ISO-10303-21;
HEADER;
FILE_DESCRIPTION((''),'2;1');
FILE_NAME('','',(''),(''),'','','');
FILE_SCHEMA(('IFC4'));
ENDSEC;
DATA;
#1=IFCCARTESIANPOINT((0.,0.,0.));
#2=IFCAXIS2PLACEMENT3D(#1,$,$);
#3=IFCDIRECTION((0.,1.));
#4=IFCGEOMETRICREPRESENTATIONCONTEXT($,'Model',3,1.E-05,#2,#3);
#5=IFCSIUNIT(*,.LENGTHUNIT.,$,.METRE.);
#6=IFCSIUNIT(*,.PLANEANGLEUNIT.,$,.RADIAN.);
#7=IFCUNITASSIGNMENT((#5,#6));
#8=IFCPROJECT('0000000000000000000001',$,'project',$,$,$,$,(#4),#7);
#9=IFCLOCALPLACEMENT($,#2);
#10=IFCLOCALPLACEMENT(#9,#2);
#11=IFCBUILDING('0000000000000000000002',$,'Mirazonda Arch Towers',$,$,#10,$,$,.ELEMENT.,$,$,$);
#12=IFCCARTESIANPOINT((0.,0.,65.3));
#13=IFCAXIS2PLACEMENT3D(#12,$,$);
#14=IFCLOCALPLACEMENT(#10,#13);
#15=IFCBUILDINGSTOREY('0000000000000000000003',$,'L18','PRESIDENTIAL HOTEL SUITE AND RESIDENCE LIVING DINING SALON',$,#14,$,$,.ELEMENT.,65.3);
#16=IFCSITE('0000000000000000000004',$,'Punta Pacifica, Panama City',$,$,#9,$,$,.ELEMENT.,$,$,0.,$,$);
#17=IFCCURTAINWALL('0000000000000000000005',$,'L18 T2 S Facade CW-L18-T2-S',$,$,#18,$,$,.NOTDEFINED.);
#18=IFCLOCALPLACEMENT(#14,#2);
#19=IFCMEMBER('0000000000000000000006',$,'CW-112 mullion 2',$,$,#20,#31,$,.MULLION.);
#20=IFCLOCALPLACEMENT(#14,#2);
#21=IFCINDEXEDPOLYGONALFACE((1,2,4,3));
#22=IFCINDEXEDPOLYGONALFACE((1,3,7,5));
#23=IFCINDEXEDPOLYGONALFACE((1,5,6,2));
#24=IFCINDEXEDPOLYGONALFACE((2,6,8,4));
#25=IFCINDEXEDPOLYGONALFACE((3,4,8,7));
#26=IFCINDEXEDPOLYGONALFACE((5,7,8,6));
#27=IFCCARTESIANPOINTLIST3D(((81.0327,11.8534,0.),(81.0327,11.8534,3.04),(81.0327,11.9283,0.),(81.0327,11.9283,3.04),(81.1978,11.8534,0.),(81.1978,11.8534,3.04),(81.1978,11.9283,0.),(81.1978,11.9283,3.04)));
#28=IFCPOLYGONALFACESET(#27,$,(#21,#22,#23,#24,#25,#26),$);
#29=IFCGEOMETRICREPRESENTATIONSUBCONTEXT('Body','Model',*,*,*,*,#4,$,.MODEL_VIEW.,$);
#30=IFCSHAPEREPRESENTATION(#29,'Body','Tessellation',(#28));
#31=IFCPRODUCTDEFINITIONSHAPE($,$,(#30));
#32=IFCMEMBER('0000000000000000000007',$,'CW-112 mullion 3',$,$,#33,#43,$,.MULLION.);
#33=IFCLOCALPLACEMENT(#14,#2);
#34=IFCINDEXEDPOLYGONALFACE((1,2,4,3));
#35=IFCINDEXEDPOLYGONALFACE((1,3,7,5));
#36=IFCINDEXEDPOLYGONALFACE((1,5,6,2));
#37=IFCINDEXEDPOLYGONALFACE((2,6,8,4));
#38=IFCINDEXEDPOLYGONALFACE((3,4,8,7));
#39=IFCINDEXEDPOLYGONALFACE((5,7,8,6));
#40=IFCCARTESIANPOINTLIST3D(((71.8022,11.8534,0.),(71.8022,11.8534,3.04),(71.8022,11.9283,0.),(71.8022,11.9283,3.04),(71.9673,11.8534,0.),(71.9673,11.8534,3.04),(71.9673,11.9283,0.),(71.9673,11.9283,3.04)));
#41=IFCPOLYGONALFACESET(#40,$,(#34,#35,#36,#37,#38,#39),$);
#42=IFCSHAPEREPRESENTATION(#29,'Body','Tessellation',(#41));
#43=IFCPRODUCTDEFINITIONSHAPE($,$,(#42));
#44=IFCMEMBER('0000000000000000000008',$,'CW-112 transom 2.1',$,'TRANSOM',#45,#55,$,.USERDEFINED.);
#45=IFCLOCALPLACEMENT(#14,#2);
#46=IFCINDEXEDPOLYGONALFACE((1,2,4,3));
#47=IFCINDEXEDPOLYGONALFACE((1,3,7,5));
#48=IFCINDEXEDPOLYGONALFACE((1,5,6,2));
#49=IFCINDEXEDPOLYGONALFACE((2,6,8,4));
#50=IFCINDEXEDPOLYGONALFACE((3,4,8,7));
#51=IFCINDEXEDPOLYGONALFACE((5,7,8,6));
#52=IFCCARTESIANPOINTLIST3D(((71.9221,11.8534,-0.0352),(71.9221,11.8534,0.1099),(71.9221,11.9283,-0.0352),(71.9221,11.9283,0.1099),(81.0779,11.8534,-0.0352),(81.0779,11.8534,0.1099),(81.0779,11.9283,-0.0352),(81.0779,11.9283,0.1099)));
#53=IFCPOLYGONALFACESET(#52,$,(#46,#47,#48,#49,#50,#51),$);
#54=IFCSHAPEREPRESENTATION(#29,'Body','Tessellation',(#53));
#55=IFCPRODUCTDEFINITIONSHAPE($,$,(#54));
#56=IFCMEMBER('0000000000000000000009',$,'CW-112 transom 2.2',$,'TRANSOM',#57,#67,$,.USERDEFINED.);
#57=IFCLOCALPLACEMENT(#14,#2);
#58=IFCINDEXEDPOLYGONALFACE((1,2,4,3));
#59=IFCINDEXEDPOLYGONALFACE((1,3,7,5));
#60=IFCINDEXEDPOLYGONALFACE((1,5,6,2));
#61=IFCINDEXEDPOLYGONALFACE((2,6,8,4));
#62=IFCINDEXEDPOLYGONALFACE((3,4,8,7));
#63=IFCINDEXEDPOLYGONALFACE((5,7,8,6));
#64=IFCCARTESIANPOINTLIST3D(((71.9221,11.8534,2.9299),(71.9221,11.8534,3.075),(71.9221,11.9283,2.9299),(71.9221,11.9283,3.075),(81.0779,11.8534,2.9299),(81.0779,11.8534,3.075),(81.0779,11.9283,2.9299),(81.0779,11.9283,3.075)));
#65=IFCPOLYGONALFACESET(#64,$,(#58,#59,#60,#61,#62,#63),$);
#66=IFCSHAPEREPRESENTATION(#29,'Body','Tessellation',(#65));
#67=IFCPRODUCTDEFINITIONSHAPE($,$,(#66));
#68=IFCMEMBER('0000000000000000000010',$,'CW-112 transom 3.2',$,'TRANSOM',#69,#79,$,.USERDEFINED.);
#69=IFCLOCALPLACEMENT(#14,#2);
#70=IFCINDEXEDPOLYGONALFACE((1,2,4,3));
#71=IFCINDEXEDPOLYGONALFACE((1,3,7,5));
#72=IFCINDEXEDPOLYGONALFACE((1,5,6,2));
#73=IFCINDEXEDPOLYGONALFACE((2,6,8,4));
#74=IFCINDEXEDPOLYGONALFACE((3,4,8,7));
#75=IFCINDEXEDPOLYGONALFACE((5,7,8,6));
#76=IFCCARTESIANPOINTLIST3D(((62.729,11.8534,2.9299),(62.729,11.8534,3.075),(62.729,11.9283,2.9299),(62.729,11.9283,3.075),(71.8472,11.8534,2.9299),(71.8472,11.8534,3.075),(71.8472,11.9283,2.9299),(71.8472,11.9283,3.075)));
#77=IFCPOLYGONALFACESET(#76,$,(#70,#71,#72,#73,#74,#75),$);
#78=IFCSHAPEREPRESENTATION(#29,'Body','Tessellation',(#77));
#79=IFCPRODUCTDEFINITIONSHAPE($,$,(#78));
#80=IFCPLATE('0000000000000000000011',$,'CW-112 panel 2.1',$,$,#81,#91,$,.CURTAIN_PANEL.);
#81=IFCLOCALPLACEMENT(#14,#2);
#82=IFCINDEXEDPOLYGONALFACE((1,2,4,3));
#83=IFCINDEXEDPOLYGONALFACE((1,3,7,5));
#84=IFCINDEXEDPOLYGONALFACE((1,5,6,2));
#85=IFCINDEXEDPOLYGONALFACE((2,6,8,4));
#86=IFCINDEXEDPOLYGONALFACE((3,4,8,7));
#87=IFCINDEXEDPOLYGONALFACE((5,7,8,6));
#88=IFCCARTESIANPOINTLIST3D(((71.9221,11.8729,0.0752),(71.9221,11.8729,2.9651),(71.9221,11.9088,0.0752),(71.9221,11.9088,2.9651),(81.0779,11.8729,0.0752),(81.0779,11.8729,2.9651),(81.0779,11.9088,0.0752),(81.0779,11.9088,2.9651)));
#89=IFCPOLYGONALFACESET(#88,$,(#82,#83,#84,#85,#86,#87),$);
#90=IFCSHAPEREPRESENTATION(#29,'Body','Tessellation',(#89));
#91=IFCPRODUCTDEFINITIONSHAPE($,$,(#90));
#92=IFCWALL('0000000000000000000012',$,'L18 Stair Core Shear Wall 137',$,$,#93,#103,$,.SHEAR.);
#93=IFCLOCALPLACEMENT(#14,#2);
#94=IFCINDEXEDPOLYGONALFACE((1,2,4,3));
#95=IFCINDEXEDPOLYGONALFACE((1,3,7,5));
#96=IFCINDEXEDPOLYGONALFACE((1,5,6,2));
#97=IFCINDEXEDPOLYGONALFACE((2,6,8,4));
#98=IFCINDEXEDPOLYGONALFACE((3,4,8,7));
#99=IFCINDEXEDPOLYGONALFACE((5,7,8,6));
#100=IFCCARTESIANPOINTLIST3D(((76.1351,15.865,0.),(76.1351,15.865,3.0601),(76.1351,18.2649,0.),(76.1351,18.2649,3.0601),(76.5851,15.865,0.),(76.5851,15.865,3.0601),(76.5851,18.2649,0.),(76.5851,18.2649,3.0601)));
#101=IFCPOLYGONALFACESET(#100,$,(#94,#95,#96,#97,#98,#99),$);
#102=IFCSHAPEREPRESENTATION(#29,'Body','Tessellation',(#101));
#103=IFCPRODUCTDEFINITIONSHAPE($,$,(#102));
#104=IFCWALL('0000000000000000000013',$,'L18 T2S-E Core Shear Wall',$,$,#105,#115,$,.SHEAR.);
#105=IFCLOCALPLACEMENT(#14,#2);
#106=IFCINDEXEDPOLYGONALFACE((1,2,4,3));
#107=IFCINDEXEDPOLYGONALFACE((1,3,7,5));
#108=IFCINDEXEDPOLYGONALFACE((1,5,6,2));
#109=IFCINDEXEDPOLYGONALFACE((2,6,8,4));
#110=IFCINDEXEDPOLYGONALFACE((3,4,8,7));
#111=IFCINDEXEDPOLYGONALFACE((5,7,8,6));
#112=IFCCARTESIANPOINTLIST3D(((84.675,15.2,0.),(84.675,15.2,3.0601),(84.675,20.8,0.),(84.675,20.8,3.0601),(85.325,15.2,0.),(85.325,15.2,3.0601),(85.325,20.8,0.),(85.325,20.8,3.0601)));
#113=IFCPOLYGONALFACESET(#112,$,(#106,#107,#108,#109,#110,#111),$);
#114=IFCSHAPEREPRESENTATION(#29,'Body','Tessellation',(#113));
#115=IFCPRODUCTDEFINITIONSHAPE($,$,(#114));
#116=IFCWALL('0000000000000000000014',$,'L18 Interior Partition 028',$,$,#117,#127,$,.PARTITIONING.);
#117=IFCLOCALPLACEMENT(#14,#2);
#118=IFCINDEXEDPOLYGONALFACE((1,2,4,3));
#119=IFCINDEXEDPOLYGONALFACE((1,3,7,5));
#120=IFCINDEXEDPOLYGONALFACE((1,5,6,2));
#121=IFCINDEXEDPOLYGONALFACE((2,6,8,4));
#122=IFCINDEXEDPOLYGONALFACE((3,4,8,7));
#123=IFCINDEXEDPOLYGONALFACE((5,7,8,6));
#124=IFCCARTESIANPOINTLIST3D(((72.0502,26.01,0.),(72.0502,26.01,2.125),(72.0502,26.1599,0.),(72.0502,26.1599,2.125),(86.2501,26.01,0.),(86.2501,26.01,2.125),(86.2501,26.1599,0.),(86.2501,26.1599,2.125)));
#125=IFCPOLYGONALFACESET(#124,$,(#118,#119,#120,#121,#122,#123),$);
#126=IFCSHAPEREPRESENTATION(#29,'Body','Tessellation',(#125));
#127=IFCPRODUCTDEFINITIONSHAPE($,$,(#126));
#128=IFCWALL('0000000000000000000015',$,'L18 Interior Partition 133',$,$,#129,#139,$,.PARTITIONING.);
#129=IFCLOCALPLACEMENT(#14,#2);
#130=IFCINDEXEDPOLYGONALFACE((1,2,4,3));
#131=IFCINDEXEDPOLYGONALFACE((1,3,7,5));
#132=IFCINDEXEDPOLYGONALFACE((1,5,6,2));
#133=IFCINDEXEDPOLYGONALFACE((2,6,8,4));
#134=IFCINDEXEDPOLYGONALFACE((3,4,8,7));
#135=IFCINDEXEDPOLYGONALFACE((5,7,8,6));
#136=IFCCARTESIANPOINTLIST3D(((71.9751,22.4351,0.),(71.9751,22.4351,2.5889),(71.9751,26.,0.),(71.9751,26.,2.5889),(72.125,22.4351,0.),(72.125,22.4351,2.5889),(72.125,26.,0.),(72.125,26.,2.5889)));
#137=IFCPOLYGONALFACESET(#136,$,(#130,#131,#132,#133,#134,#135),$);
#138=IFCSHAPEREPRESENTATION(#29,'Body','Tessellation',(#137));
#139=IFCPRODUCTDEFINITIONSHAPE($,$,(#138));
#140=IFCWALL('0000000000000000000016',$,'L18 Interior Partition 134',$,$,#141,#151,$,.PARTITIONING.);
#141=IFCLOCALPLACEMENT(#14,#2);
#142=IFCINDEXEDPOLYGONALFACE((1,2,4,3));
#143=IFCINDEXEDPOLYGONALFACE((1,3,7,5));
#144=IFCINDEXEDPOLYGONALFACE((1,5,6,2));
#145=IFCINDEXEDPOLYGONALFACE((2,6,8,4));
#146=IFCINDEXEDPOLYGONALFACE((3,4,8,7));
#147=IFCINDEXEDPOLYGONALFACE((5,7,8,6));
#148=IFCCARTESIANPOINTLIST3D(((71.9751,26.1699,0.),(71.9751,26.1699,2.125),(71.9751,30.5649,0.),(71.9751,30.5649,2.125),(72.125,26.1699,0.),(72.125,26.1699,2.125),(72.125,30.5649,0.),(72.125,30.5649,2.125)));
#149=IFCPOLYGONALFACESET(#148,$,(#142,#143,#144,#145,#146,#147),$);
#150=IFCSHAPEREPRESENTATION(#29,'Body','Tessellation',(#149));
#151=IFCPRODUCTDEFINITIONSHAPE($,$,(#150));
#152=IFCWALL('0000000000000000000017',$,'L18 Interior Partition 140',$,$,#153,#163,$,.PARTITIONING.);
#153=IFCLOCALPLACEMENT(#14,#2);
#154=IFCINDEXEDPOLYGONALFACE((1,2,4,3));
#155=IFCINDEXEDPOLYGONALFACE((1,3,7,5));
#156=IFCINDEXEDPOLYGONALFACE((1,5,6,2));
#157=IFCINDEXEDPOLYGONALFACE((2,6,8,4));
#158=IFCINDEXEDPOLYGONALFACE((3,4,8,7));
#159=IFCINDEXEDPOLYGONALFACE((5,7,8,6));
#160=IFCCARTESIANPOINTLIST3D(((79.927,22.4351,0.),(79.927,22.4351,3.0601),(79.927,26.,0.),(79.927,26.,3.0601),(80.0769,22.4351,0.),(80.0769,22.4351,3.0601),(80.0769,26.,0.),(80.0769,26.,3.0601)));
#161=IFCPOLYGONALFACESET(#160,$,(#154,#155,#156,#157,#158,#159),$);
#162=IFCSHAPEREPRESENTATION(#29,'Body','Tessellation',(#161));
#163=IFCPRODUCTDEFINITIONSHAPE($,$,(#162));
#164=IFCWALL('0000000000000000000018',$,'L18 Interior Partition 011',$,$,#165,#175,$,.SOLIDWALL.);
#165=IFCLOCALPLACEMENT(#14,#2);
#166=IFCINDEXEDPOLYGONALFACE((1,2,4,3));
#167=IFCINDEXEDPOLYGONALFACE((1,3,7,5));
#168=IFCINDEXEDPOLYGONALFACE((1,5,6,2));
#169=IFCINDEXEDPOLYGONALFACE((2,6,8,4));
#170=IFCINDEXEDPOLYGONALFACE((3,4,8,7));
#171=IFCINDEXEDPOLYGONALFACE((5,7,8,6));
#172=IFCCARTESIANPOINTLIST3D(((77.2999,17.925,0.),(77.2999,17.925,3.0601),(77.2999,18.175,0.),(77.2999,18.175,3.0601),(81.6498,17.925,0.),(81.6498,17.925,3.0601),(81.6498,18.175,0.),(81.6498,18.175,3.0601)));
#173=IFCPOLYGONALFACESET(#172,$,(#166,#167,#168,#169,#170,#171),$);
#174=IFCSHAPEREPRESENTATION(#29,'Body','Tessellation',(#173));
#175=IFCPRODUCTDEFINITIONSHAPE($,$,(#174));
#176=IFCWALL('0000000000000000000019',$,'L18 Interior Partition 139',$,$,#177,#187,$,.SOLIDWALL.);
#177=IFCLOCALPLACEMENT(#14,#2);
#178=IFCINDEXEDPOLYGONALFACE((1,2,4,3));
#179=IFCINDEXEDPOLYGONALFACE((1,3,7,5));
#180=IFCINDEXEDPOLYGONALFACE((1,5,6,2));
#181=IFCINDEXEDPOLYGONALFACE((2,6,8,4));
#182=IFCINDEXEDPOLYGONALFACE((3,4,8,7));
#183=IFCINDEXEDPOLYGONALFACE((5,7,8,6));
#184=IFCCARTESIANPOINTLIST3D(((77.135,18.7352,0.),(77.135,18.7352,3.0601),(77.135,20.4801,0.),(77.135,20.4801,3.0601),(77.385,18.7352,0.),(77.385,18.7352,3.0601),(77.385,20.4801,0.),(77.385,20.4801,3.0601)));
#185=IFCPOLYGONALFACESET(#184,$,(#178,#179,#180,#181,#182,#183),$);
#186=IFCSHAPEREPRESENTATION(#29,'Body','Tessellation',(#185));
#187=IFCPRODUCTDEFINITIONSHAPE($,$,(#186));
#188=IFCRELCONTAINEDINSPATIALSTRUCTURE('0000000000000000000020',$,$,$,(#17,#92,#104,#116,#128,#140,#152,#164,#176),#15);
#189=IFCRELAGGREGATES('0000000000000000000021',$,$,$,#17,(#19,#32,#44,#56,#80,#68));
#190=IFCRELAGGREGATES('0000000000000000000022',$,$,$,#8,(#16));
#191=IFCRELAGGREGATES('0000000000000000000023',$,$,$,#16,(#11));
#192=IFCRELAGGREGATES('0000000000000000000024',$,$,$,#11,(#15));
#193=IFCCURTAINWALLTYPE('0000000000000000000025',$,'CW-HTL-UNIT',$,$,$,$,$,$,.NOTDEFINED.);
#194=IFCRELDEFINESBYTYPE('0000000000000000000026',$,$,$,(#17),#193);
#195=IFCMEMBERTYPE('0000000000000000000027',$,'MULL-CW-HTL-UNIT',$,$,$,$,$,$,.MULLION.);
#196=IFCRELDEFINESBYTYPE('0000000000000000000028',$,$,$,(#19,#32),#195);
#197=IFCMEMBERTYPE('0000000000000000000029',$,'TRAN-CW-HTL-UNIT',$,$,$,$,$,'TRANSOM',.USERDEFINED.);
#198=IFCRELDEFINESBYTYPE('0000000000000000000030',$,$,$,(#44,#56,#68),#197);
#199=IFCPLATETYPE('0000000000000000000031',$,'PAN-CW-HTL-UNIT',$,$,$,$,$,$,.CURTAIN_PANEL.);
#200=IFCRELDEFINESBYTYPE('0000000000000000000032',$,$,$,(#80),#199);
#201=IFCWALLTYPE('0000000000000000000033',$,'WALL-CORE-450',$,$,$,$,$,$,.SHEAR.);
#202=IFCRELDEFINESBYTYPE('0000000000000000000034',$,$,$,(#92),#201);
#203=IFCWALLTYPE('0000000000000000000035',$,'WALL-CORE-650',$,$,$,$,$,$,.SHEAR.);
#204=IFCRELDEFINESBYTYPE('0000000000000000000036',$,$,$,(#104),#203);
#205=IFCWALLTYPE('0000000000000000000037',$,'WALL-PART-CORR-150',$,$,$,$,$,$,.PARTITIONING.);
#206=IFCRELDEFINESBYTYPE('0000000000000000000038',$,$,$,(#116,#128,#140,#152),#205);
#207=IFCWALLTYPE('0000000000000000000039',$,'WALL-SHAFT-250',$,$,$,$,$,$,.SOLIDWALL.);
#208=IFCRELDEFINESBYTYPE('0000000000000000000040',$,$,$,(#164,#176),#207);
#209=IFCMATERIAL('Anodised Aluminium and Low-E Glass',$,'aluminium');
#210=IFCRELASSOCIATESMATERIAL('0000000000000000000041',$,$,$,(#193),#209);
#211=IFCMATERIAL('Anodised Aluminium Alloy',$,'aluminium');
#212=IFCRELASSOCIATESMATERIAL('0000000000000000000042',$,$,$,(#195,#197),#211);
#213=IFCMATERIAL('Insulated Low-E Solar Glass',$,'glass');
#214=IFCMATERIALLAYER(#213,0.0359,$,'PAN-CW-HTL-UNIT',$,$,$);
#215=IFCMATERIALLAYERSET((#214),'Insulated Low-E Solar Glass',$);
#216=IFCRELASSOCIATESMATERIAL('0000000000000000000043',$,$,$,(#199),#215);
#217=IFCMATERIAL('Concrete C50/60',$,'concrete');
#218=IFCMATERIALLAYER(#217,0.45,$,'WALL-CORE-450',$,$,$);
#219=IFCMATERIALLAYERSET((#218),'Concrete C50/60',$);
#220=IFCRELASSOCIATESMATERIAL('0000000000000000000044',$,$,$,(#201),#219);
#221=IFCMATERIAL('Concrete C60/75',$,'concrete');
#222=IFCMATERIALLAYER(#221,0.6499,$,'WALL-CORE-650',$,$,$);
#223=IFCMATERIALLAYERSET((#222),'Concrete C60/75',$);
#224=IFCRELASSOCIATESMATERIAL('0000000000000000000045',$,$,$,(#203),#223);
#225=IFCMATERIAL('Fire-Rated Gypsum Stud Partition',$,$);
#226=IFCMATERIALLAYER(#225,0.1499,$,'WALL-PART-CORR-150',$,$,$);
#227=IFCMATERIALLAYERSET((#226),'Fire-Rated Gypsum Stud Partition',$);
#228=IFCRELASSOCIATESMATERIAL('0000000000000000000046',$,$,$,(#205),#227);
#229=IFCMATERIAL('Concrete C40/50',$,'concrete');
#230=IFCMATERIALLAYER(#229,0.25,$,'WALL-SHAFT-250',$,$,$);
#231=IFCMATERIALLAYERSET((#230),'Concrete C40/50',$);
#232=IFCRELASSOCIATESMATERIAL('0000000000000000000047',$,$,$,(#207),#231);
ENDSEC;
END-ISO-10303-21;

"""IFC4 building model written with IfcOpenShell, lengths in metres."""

from ifc_helpers import new_model, si_unit, direction, frame, frame_2d, origin, origin_2d, place, context, subcontext, project, spatial, rectangle, extrude, material, layer, layer_set, material_profile, profile_set, type_object, element, aggregate, save


model = new_model("IFC4")

# Units and contexts
model_context = context("Model", 3, precision=1e-05, world=origin(), true_north=direction((0.0, 1.0)))
body_context = subcontext(model_context, "Body", "Model", "MODEL_VIEW")
ifc_project = project(units=[si_unit("LENGTHUNIT", "METRE"), si_unit("PLANEANGLEUNIT", "RADIAN")], contexts=[model_context])

# Site, building, storey
site_placement = place(None, origin())
site = spatial("IfcSite", under=ifc_project, at=site_placement, Name="Punta Pacifica, Panama City", CompositionType="ELEMENT", RefElevation=0.0)
building_placement = place(site_placement, origin())
building = spatial("IfcBuilding", under=site, at=building_placement, Name="Mirazonda Arch Towers", CompositionType="ELEMENT")
storey_placement = place(building_placement, frame((0.0, 0.0, 65.3)))
storey = spatial("IfcBuildingStorey", under=building, at=storey_placement, Name="L18", Description="PRESIDENTIAL HOTEL SUITE AND RESIDENCE LIVING DINING SALON", CompositionType="ELEMENT", Elevation=65.3)

# Shared definitions
ifc_material_1 = material(Name="Concrete C60/75", Category="concrete")

# Curtain wall, members, plate
ifc_material_2 = material(Name="Anodised Aluminium and Low-E Glass", Category="aluminium")
curtain_wall_type = type_object("IfcCurtainWallType", Name="CW-HTL-UNIT", PredefinedType="NOTDEFINED", material=ifc_material_2)
curtain_wall_placement = place(storey_placement, origin())
curtain_wall = element("IfcCurtainWall", 1, at=curtain_wall_placement, inside=storey, type_object=curtain_wall_type, Name="L18 T2 S Facade CW-L18-T2-S", PredefinedType="NOTDEFINED")
ifc_material_3 = material(Name="Anodised Aluminium Alloy", Category="aluminium")
ifc_material_profile_1 = material_profile(ifc_material_3, rectangle(XDim=0.075, YDim=0.165, at=origin_2d()), Name="ALU-MULL-75x165")
ifc_profile_set_1 = profile_set([ifc_material_profile_1], Name="Anodised Aluminium Alloy")
member_type_1 = type_object("IfcMemberType", Name="MULL-CW-HTL-UNIT", PredefinedType="MULLION", material=ifc_profile_set_1)
member_1_placement = place(storey_placement, frame((81.1152, 11.8909, 0.0), z_axis=(0.0, 0.0, 1.0), x_axis=(0.0, -1.0, 0.0)))
member_1 = element("IfcMember", 2, at=member_1_placement, type_object=member_type_1, Name="CW-112 mullion 2", PredefinedType="MULLION", context=body_context, shape_type="SweptSolid", body=[
    extrude(rectangle(XDim=0.075, YDim=0.165, at=origin_2d()), origin(), (0.0, 0.0, 1.0), 3.04),
])
member_2_placement = place(storey_placement, frame((71.8848, 11.8909, 0.0), z_axis=(0.0, 0.0, 1.0), x_axis=(0.0, -1.0, 0.0)))
member_2 = element("IfcMember", 3, at=member_2_placement, type_object=member_type_1, Name="CW-112 mullion 3", PredefinedType="MULLION", context=body_context, shape_type="SweptSolid", body=[
    extrude(rectangle(XDim=0.075, YDim=0.165, at=origin_2d()), origin(), (0.0, 0.0, 1.0), 3.04),
])
ifc_material_profile_2 = material_profile(ifc_material_3, rectangle(XDim=0.075, YDim=0.145, at=origin_2d()), Name="ALU-TRAN-75x145")
ifc_profile_set_2 = profile_set([ifc_material_profile_2], Name="Anodised Aluminium Alloy")
member_type_2 = type_object("IfcMemberType", Name="TRAN-CW-HTL-UNIT", ElementType="TRANSOM", PredefinedType="USERDEFINED", material=ifc_profile_set_2)
member_3_placement = place(storey_placement, frame((81.0779, 11.8909, 0.0374), z_axis=(-1.0, 0.0, 0.0), x_axis=(0.0, -1.0, 0.0)))
member_3 = element("IfcMember", 4, at=member_3_placement, type_object=member_type_2, Name="CW-112 transom 2.1", ObjectType="TRANSOM", PredefinedType="USERDEFINED", context=body_context, shape_type="SweptSolid", body=[
    extrude(rectangle(XDim=0.075, YDim=0.145, at=origin_2d()), origin(), (0.0, 0.0, 1.0), 9.1558),
])
member_4_placement = place(storey_placement, frame((81.0779, 11.8909, 3.0024), z_axis=(-1.0, 0.0, 0.0), x_axis=(0.0, -1.0, 0.0)))
member_4 = element("IfcMember", 5, at=member_4_placement, type_object=member_type_2, Name="CW-112 transom 2.2", ObjectType="TRANSOM", PredefinedType="USERDEFINED", context=body_context, shape_type="SweptSolid", body=[
    extrude(rectangle(XDim=0.075, YDim=0.145, at=origin_2d()), origin(), (0.0, 0.0, 1.0), 9.1558),
])
member_5_placement = place(storey_placement, frame((71.8472, 11.8909, 3.0024), z_axis=(-1.0, 0.0, 0.0), x_axis=(0.0, -1.0, 0.0)))
member_5 = element("IfcMember", 6, at=member_5_placement, type_object=member_type_2, Name="CW-112 transom 3.2", ObjectType="TRANSOM", PredefinedType="USERDEFINED", context=body_context, shape_type="SweptSolid", body=[
    extrude(rectangle(XDim=0.075, YDim=0.145, at=origin_2d()), origin(), (0.0, 0.0, 1.0), 9.1182),
])
ifc_material_4 = material(Name="Insulated Low-E Solar Glass", Category="glass")
ifc_layer_1 = layer(ifc_material_4, 0.0359, Name="PAN-CW-HTL-UNIT")
ifc_layer_set_1 = layer_set([ifc_layer_1], Name="Insulated Low-E Solar Glass")
plate_type = type_object("IfcPlateType", Name="PAN-CW-HTL-UNIT", PredefinedType="CURTAIN_PANEL", material=ifc_layer_set_1)
plate_placement = place(storey_placement, frame((76.5, 11.8909, 0.0752), z_axis=(0.0, 0.0, 1.0), x_axis=(-1.0, 0.0, 0.0)))
plate = element("IfcPlate", 7, at=plate_placement, type_object=plate_type, Name="CW-112 panel 2.1", PredefinedType="CURTAIN_PANEL", context=body_context, shape_type="SweptSolid", body=[
    extrude(rectangle(XDim=9.1558, YDim=0.0359, at=origin_2d()), origin(), (0.0, 0.0, 1.0), 2.8899),
])
aggregate(curtain_wall, [member_1, member_2, member_3, member_4, plate, member_5])

# Walls
ifc_material_5 = material(Name="Concrete C50/60", Category="concrete")
ifc_layer_2 = layer(ifc_material_5, 0.45, Name="WALL-CORE-450")
ifc_layer_set_2 = layer_set([ifc_layer_2], Name="Concrete C50/60")
wall_type_1 = type_object("IfcWallType", Name="WALL-CORE-450", PredefinedType="SHEAR", material=ifc_layer_set_2)
wall_1_placement = place(storey_placement, frame((76.3601, 15.865, 0.0), z_axis=(0.0, 0.0, 1.0), x_axis=(0.0, 1.0, 0.0)))
element("IfcWall", 8, at=wall_1_placement, inside=storey, type_object=wall_type_1, Name="L18 Stair Core Shear Wall 137", PredefinedType="SHEAR", context=body_context, shape_type="SweptSolid", body=[
    extrude(rectangle(XDim=2.3999, YDim=0.45, at=frame_2d((1.2, 0.0))), origin(), (0.0, 0.0, 1.0), 3.0601),
])
ifc_layer_3 = layer(ifc_material_1, 0.6499, Name="WALL-CORE-650")
ifc_layer_set_3 = layer_set([ifc_layer_3], Name="Concrete C60/75")
wall_type_2 = type_object("IfcWallType", Name="WALL-CORE-650", PredefinedType="SHEAR", material=ifc_layer_set_3)
wall_2_placement = place(storey_placement, frame((85.0, 15.2, 0.0), z_axis=(0.0, 0.0, 1.0), x_axis=(0.0, 1.0, 0.0)))
element("IfcWall", 9, at=wall_2_placement, inside=storey, type_object=wall_type_2, Name="L18 T2S-E Core Shear Wall", PredefinedType="SHEAR", context=body_context, shape_type="SweptSolid", body=[
    extrude(rectangle(XDim=5.6001, YDim=0.6499, at=frame_2d((2.8, 0.0))), origin(), (0.0, 0.0, 1.0), 3.0601),
])
ifc_material_6 = material(Name="Fire-Rated Gypsum Stud Partition")
ifc_layer_4 = layer(ifc_material_6, 0.1499, Name="WALL-PART-CORR-150")
ifc_layer_set_4 = layer_set([ifc_layer_4], Name="Fire-Rated Gypsum Stud Partition")
wall_type_3 = type_object("IfcWallType", Name="WALL-PART-CORR-150", PredefinedType="PARTITIONING", material=ifc_layer_set_4)
wall_3_placement = place(storey_placement, frame((72.05, 26.085, 0.0), z_axis=(0.0, 0.0, 1.0), x_axis=(1.0, 0.0, 0.0)))
element("IfcWall", 10, at=wall_3_placement, inside=storey, type_object=wall_type_3, Name="L18 Interior Partition 028", PredefinedType="PARTITIONING", context=body_context, shape_type="SweptSolid", body=[
    extrude(rectangle(XDim=14.2, YDim=0.1499, at=frame_2d((7.1001, 0.0))), origin(), (0.0, 0.0, 1.0), 2.125),
])
wall_4_placement = place(storey_placement, frame((72.05, 22.4351, 0.0), z_axis=(0.0, 0.0, 1.0), x_axis=(0.0, 1.0, 0.0)))
element("IfcWall", 11, at=wall_4_placement, inside=storey, type_object=wall_type_3, Name="L18 Interior Partition 133", PredefinedType="PARTITIONING", context=body_context, shape_type="SweptSolid", body=[
    extrude(rectangle(XDim=3.5649, YDim=0.1499, at=frame_2d((1.7825, 0.0))), origin(), (0.0, 0.0, 1.0), 2.5889),
])
wall_5_placement = place(storey_placement, frame((72.05, 26.1699, 0.0), z_axis=(0.0, 0.0, 1.0), x_axis=(0.0, 1.0, 0.0)))
element("IfcWall", 12, at=wall_5_placement, inside=storey, type_object=wall_type_3, Name="L18 Interior Partition 134", PredefinedType="PARTITIONING", context=body_context, shape_type="SweptSolid", body=[
    extrude(rectangle(XDim=4.395, YDim=0.1499, at=frame_2d((2.1975, 0.0))), origin(), (0.0, 0.0, 1.0), 2.125),
])
wall_6_placement = place(storey_placement, frame((80.002, 22.4351, 0.0), z_axis=(0.0, 0.0, 1.0), x_axis=(0.0, 1.0, 0.0)))
element("IfcWall", 13, at=wall_6_placement, inside=storey, type_object=wall_type_3, Name="L18 Interior Partition 140", PredefinedType="PARTITIONING", context=body_context, shape_type="SweptSolid", body=[
    extrude(rectangle(XDim=3.5649, YDim=0.1499, at=frame_2d((1.7825, 0.0))), origin(), (0.0, 0.0, 1.0), 3.0601),
])
ifc_material_7 = material(Name="Concrete C40/50", Category="concrete")
ifc_layer_5 = layer(ifc_material_7, 0.25, Name="WALL-SHAFT-250")
ifc_layer_set_5 = layer_set([ifc_layer_5], Name="Concrete C40/50")
wall_type_4 = type_object("IfcWallType", Name="WALL-SHAFT-250", PredefinedType="SOLIDWALL", material=ifc_layer_set_5)
wall_7_placement = place(storey_placement, frame((77.3, 18.05, 0.0), z_axis=(0.0, 0.0, 1.0), x_axis=(1.0, 0.0, 0.0)))
element("IfcWall", 14, at=wall_7_placement, inside=storey, type_object=wall_type_4, Name="L18 Interior Partition 011", PredefinedType="SOLIDWALL", context=body_context, shape_type="SweptSolid", body=[
    extrude(rectangle(XDim=4.3499, YDim=0.25, at=frame_2d((2.1748, 0.0))), origin(), (0.0, 0.0, 1.0), 3.0601),
])
wall_8_placement = place(storey_placement, frame((77.26, 18.7351, 0.0), z_axis=(0.0, 0.0, 1.0), x_axis=(0.0, 1.0, 0.0)))
element("IfcWall", 15, at=wall_8_placement, inside=storey, type_object=wall_type_4, Name="L18 Interior Partition 139", PredefinedType="SOLIDWALL", context=body_context, shape_type="SweptSolid", body=[
    extrude(rectangle(XDim=1.7449, YDim=0.25, at=frame_2d((0.8726, 0.0))), origin(), (0.0, 0.0, 1.0), 3.0601),
])

save(model, "model.ifc")
